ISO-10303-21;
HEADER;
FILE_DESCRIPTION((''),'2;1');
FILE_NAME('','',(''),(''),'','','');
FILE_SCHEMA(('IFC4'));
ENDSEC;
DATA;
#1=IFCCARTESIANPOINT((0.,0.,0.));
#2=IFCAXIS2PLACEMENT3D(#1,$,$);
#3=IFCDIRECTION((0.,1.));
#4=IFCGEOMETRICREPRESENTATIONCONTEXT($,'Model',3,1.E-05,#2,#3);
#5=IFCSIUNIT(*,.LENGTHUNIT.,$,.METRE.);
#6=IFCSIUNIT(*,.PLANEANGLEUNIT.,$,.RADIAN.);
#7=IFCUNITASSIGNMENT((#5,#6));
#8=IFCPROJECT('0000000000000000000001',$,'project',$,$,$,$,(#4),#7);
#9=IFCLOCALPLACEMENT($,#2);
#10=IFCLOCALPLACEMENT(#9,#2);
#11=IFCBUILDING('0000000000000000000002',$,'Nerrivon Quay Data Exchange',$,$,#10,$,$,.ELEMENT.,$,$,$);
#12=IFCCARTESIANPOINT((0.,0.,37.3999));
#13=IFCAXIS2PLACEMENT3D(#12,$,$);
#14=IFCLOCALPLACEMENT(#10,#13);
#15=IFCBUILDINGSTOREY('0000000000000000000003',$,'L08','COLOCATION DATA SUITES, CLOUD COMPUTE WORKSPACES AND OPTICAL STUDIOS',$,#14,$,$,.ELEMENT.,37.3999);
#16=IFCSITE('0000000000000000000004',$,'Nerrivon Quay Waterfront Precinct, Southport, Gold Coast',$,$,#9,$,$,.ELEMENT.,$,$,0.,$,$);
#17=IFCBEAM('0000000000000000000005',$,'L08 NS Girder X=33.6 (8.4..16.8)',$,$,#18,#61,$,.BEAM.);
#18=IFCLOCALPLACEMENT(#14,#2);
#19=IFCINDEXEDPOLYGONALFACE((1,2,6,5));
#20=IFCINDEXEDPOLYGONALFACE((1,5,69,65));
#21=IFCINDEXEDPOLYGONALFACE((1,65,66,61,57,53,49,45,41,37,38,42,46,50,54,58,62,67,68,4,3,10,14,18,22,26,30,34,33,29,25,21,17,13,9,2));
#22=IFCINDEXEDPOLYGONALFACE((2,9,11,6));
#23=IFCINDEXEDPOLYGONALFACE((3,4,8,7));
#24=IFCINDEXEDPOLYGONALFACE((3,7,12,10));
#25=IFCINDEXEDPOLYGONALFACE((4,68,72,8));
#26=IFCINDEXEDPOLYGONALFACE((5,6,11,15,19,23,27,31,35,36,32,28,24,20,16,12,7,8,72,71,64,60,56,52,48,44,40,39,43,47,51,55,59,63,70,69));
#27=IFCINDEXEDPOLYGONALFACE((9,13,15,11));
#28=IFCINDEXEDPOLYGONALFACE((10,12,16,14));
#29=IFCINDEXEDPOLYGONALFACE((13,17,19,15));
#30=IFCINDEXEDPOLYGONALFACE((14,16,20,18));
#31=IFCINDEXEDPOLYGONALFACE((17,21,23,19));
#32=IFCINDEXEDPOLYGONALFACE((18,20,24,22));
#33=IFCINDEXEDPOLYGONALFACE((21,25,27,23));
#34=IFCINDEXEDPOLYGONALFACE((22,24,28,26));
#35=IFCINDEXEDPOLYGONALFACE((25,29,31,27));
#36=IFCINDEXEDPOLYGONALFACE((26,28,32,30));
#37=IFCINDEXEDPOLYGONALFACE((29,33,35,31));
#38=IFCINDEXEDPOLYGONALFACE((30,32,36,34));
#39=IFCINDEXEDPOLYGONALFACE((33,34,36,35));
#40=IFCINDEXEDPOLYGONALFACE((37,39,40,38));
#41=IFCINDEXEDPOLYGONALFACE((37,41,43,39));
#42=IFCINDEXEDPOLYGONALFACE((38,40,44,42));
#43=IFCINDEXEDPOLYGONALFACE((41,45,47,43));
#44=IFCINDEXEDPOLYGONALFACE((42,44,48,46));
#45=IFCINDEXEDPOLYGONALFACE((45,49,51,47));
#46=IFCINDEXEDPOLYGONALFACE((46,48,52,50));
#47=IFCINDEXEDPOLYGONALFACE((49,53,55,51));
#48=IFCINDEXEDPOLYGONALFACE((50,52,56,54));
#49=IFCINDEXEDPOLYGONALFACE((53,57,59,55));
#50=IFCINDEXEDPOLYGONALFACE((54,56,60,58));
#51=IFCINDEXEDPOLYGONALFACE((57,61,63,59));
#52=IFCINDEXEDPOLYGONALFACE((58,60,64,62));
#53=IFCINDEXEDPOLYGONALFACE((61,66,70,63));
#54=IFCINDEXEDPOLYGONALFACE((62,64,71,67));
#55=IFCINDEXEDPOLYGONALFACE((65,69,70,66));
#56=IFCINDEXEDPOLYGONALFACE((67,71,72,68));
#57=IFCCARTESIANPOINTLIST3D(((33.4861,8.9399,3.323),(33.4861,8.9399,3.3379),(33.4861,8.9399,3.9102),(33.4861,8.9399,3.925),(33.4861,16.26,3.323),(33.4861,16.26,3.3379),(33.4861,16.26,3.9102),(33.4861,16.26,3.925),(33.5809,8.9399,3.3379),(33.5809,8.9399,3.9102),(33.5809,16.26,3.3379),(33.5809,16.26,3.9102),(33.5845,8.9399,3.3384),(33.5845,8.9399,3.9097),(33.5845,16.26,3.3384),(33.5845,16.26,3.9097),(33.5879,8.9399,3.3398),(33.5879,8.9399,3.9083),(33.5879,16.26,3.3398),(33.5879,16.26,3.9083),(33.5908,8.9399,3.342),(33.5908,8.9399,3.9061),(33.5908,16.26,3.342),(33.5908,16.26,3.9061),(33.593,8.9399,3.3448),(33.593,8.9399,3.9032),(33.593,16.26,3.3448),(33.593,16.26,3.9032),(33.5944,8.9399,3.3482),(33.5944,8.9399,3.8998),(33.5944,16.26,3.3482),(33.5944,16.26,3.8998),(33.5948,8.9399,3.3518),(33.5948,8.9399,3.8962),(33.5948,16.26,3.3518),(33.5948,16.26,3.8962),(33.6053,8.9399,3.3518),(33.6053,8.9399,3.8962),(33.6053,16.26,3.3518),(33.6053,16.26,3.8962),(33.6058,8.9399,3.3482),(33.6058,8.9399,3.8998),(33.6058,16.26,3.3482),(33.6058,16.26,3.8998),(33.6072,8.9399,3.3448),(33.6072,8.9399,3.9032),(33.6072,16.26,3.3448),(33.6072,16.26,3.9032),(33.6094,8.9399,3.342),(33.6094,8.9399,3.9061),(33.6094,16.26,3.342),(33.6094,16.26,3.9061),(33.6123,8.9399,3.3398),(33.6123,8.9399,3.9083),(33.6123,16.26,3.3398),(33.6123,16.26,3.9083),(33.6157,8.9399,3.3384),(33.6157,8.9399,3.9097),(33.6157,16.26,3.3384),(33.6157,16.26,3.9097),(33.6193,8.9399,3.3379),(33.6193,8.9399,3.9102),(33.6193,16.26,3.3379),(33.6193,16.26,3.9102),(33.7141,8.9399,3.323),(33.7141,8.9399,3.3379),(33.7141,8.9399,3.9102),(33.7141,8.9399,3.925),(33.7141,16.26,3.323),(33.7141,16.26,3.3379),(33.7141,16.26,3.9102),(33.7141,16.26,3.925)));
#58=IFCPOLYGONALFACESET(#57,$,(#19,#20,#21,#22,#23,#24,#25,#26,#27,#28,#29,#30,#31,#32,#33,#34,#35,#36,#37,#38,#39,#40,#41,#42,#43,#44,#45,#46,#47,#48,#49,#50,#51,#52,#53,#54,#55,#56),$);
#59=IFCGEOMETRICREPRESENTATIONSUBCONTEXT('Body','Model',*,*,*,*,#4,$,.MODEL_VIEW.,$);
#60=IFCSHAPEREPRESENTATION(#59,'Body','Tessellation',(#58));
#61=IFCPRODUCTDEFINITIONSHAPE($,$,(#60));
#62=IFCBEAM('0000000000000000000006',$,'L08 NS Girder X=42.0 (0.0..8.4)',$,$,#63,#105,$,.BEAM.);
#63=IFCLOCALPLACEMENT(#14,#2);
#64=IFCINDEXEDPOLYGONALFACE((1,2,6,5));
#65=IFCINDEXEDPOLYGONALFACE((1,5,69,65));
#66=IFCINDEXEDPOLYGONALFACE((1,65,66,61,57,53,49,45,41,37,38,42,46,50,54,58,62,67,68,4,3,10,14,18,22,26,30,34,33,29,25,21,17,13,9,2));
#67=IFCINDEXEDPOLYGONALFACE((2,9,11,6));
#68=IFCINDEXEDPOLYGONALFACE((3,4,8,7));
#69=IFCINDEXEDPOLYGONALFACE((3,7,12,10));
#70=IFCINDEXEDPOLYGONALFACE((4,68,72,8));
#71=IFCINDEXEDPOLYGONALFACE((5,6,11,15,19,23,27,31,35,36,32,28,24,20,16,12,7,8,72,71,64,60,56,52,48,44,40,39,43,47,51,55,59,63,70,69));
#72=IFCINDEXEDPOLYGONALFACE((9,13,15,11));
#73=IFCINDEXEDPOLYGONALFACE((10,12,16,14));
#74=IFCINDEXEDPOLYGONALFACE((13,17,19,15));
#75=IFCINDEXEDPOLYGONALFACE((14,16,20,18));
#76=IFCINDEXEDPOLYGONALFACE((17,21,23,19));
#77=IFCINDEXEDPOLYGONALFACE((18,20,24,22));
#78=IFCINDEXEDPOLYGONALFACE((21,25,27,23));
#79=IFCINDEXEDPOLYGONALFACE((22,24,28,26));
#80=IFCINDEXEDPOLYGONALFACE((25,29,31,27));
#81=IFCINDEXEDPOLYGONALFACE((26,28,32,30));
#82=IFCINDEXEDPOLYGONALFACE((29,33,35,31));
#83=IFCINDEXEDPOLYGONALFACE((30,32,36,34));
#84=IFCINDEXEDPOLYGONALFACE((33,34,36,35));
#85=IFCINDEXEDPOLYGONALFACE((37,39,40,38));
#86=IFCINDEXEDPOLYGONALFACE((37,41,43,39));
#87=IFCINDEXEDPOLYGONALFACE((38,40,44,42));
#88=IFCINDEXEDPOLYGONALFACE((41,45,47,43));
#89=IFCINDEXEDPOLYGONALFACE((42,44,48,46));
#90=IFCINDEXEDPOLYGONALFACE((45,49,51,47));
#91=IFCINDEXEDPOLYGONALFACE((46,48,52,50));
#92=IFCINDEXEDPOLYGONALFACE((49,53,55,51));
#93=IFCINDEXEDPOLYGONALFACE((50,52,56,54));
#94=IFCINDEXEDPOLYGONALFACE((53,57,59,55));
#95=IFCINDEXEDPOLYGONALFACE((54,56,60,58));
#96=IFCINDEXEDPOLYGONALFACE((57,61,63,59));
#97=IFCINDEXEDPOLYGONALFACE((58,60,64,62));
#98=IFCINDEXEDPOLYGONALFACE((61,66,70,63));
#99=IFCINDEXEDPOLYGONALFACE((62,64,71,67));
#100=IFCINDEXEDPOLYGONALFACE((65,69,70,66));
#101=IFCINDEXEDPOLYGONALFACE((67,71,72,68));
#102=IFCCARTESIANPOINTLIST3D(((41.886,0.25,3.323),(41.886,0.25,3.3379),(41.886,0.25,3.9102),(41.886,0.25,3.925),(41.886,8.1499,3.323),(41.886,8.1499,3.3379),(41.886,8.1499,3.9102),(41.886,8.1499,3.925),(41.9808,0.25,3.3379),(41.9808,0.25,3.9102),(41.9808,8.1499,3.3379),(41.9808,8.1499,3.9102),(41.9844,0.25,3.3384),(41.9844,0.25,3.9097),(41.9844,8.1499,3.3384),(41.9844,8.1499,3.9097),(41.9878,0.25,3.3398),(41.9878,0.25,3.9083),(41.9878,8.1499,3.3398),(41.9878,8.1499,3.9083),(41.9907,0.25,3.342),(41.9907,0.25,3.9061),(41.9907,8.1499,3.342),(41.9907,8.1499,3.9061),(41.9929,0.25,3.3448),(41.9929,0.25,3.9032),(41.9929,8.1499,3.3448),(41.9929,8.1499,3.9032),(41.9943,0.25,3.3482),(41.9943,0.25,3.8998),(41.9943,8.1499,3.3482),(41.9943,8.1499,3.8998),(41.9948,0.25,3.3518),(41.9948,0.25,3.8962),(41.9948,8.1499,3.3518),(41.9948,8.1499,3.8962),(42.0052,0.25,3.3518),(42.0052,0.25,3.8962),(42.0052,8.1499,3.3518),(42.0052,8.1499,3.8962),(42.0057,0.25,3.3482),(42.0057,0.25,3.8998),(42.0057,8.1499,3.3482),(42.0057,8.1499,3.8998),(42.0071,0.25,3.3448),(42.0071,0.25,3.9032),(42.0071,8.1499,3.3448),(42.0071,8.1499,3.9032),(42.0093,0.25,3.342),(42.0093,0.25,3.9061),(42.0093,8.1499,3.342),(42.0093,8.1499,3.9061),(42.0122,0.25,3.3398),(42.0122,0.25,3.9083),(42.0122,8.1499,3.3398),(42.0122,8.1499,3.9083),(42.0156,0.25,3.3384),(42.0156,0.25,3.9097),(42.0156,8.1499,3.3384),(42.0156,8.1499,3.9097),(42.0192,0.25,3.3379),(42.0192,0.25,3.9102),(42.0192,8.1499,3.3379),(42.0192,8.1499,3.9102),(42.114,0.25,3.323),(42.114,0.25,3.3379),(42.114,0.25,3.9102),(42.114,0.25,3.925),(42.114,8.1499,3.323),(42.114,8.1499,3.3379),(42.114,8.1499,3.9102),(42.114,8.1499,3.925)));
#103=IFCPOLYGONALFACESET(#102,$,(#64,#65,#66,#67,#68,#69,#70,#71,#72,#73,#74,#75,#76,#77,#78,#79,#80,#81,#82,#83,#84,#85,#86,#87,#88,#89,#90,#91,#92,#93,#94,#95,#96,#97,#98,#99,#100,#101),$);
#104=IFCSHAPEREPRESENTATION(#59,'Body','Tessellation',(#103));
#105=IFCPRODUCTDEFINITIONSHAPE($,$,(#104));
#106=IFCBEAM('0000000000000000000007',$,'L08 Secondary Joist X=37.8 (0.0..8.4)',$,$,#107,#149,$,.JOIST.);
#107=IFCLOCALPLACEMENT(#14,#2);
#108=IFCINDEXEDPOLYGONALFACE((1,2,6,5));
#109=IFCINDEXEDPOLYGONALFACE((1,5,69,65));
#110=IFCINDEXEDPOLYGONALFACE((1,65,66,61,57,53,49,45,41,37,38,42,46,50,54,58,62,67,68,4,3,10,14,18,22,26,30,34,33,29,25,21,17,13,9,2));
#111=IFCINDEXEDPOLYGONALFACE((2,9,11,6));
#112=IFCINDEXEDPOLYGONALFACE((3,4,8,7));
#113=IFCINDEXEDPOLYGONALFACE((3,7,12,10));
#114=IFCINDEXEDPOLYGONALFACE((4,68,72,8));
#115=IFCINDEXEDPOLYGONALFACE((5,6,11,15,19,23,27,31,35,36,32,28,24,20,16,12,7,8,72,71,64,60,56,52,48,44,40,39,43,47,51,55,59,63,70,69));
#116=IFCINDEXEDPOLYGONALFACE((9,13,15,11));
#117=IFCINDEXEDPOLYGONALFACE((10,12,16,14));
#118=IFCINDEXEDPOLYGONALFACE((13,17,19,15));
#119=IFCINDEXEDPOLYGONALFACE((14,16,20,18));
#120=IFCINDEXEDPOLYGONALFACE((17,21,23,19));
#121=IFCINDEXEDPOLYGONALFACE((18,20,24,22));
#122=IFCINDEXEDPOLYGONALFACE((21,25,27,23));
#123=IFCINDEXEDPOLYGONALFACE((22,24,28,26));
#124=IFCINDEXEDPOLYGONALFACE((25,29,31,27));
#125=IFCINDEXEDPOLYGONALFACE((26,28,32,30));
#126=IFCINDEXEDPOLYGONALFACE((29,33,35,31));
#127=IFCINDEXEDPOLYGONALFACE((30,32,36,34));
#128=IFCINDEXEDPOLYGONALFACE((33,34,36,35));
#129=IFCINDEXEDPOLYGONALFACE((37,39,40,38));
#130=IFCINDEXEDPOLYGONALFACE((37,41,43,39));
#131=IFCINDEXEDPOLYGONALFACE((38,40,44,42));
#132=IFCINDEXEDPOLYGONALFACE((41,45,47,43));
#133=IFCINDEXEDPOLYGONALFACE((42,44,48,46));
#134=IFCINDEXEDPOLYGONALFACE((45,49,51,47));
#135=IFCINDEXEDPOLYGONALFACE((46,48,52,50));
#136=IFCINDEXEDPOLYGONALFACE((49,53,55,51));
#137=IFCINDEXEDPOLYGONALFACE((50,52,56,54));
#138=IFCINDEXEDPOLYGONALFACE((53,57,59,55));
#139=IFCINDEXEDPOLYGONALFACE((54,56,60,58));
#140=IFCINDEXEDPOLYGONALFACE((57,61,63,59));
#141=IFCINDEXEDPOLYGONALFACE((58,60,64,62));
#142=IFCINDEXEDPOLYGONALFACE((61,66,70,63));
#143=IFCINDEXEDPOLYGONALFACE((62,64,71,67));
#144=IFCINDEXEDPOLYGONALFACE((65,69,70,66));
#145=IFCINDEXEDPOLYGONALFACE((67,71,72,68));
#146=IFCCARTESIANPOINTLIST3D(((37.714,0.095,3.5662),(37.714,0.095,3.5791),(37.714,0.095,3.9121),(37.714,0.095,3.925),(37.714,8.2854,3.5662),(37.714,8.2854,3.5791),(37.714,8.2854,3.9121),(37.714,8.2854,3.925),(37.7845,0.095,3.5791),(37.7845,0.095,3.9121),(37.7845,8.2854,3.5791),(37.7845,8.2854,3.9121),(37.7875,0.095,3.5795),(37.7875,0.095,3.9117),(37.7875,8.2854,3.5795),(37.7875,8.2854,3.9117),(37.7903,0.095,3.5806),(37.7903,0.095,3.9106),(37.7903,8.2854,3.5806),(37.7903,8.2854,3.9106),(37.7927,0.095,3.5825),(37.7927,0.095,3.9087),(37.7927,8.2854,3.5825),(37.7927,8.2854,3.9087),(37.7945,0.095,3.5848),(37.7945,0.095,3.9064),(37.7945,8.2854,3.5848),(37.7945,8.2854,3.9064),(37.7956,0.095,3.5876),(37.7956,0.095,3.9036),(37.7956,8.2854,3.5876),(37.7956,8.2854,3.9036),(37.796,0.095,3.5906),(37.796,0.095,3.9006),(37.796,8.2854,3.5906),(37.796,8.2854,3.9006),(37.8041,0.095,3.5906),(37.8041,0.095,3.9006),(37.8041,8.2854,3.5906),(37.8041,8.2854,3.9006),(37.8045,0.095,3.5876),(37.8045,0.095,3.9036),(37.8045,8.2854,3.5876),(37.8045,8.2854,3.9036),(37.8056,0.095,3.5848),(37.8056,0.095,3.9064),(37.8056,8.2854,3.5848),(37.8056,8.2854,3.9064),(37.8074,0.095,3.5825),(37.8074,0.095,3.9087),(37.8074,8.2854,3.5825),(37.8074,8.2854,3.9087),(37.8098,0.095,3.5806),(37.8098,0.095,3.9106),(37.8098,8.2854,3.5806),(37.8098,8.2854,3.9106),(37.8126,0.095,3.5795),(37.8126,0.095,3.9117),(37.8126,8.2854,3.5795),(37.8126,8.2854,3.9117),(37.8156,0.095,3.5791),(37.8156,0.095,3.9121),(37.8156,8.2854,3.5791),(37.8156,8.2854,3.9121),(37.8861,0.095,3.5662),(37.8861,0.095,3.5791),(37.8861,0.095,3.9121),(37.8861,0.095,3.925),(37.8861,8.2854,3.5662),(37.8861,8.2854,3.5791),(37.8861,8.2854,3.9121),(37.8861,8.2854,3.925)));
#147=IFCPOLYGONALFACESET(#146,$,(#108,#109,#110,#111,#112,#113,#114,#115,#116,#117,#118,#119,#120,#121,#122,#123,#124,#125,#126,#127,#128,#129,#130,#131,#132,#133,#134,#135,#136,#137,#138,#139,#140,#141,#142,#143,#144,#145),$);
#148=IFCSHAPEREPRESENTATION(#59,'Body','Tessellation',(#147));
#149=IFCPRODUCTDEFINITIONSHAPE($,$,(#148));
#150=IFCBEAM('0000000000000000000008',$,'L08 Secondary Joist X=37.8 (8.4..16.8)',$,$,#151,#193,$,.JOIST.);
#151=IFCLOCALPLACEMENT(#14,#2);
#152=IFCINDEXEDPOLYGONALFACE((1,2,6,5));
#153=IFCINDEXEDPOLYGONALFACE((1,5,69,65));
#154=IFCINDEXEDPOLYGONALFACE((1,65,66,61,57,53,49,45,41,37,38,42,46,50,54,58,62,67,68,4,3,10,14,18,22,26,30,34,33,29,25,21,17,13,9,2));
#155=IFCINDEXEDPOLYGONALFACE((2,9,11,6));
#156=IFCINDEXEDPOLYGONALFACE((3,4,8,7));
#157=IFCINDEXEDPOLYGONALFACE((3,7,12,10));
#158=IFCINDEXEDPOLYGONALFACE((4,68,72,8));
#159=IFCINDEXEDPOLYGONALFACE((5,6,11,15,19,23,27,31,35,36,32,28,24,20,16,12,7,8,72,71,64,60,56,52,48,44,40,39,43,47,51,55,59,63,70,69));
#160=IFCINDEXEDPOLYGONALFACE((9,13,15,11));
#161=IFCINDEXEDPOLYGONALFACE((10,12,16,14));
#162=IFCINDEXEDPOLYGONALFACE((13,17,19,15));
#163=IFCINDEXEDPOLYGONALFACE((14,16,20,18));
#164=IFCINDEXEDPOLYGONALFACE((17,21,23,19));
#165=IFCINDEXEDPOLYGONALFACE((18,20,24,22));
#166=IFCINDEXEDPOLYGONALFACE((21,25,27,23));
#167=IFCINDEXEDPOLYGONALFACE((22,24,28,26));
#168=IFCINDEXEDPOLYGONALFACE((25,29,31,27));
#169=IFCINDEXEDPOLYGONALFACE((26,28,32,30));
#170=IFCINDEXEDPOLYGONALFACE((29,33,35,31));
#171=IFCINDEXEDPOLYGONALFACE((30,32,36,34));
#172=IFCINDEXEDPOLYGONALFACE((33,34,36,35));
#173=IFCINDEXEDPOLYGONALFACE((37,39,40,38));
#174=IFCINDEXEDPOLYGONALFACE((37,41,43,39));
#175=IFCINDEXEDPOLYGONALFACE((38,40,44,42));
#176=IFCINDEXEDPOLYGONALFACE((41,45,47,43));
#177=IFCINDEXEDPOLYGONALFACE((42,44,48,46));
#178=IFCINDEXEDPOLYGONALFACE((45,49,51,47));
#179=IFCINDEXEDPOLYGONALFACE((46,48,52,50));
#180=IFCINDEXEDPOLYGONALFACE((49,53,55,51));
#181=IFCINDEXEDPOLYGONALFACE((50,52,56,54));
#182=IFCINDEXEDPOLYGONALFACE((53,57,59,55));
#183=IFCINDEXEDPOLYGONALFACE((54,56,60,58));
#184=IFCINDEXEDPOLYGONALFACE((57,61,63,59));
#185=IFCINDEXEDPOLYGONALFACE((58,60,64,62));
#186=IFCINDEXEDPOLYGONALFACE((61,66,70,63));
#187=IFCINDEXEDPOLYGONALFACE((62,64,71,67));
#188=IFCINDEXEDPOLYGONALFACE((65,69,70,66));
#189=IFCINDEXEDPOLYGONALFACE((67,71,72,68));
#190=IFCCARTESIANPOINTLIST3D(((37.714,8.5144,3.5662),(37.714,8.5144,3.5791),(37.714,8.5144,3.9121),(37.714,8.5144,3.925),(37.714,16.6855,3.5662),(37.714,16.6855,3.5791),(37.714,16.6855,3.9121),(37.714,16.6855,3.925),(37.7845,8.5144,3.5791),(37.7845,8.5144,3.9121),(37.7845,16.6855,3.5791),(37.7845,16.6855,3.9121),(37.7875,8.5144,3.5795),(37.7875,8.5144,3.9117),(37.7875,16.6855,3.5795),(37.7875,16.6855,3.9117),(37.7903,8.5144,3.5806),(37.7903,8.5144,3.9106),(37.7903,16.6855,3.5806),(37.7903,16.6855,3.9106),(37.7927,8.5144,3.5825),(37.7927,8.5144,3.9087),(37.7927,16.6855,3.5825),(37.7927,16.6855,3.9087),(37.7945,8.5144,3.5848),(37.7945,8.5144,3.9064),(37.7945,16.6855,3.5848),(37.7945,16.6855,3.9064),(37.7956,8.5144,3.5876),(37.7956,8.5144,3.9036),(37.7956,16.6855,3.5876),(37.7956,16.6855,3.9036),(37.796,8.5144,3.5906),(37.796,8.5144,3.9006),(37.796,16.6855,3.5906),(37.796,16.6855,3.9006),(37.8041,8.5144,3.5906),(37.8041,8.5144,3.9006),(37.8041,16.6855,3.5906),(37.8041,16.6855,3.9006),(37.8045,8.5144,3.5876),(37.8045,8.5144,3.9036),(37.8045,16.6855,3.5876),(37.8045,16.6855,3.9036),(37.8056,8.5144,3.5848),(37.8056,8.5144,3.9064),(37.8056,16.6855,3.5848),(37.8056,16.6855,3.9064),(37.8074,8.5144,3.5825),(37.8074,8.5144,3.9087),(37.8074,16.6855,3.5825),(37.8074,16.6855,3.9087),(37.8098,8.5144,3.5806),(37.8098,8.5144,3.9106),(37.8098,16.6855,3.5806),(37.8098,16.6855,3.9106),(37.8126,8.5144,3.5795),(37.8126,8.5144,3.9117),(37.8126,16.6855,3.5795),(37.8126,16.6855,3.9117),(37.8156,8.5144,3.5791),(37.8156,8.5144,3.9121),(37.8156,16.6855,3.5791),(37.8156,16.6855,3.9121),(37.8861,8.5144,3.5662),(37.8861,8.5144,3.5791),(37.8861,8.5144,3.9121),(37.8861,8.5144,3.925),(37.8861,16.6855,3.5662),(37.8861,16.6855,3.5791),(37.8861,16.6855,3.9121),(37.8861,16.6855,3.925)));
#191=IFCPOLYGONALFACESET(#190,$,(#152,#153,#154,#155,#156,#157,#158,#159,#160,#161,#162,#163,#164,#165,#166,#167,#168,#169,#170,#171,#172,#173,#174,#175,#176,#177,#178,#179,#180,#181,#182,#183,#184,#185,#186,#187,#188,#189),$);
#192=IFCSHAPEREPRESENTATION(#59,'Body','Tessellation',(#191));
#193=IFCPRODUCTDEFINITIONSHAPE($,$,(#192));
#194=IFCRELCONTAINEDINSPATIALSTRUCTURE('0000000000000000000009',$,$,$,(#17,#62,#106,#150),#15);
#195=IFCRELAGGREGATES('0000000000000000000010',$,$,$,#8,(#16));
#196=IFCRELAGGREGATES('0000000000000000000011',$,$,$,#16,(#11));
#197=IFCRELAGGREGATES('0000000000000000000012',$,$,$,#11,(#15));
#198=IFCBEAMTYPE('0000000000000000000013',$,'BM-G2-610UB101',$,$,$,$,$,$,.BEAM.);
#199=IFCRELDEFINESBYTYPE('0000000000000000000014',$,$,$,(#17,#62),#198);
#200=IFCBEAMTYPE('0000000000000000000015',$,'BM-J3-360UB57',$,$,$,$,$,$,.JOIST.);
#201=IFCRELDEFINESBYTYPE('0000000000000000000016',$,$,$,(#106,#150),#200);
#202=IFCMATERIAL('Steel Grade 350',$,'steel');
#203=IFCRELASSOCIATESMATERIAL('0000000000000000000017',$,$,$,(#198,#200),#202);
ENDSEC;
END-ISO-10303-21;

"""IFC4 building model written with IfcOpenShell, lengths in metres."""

from ifc_helpers import new_model, si_unit, direction, frame, origin, origin_2d, place, context, subcontext, project, spatial, i_section, extrude, material, material_profile, profile_set, type_object, element, save


model = new_model("IFC4")

# Units and contexts
model_context = context("Model", 3, precision=1e-05, world=origin(), true_north=direction((0.0, 1.0)))
body_context = subcontext(model_context, "Body", "Model", "MODEL_VIEW")
ifc_project = project(units=[si_unit("LENGTHUNIT", "METRE"), si_unit("PLANEANGLEUNIT", "RADIAN")], contexts=[model_context])

# Site, building, storey
site_placement = place(None, origin())
site = spatial("IfcSite", under=ifc_project, at=site_placement, Name="Nerrivon Quay Waterfront Precinct, Southport, Gold Coast", CompositionType="ELEMENT", RefElevation=0.0)
building_placement = place(site_placement, origin())
building = spatial("IfcBuilding", under=site, at=building_placement, Name="Nerrivon Quay Data Exchange", CompositionType="ELEMENT")
storey_placement = place(building_placement, frame((0.0, 0.0, 37.3999)))
storey = spatial("IfcBuildingStorey", under=building, at=storey_placement, Name="L08", Description="COLOCATION DATA SUITES, CLOUD COMPUTE WORKSPACES AND OPTICAL STUDIOS", CompositionType="ELEMENT", Elevation=37.3999)

# Shared definitions
ifc_material_1 = material(Name="Steel Grade 350", Category="steel")

# Beams
ifc_material_profile_1 = material_profile(ifc_material_1, i_section(OverallWidth=0.228, OverallDepth=0.6021, WebThickness=0.0105, FlangeThickness=0.0149, FilletRadius=0.0139, at=origin_2d()), Name="610UB101")
ifc_profile_set_1 = profile_set([ifc_material_profile_1], Name="Steel Grade 350")
beam_type_1 = type_object("IfcBeamType", Name="BM-G2-610UB101", PredefinedType="BEAM", material=ifc_profile_set_1)
beam_1_placement = place(storey_placement, frame((33.6001, 8.9399, 3.624), z_axis=(0.0, 1.0, 0.0), x_axis=(-1.0, 0.0, 0.0)))
element("IfcBeam", 1, at=beam_1_placement, inside=storey, type_object=beam_type_1, Name="L08 NS Girder X=33.6 (8.4..16.8)", PredefinedType="BEAM", context=body_context, shape_type="SweptSolid", body=[
    extrude(i_section(OverallWidth=0.228, OverallDepth=0.6021, WebThickness=0.0105, FlangeThickness=0.0149, FilletRadius=0.0139, at=origin_2d()), origin(), (0.0, 0.0, 1.0), 7.3201),
])
beam_2_placement = place(storey_placement, frame((42.0, 0.25, 3.624), z_axis=(0.0, 1.0, 0.0), x_axis=(-1.0, 0.0, 0.0)))
element("IfcBeam", 2, at=beam_2_placement, inside=storey, type_object=beam_type_1, Name="L08 NS Girder X=42.0 (0.0..8.4)", PredefinedType="BEAM", context=body_context, shape_type="SweptSolid", body=[
    extrude(i_section(OverallWidth=0.228, OverallDepth=0.6021, WebThickness=0.0105, FlangeThickness=0.0149, FilletRadius=0.0139, at=origin_2d()), origin(), (0.0, 0.0, 1.0), 7.8999),
])
ifc_material_profile_2 = material_profile(ifc_material_1, i_section(OverallWidth=0.1721, OverallDepth=0.3589, WebThickness=0.0081, FlangeThickness=0.0129, FilletRadius=0.0115, at=origin_2d()), Name="360UB56.7")
ifc_profile_set_2 = profile_set([ifc_material_profile_2], Name="Steel Grade 350")
beam_type_2 = type_object("IfcBeamType", Name="BM-J3-360UB57", PredefinedType="JOIST", material=ifc_profile_set_2)
beam_3_placement = place(storey_placement, frame((37.8, 0.095, 3.7456), z_axis=(0.0, 1.0, 0.0), x_axis=(-1.0, 0.0, 0.0)))
element("IfcBeam", 3, at=beam_3_placement, inside=storey, type_object=beam_type_2, Name="L08 Secondary Joist X=37.8 (0.0..8.4)", PredefinedType="JOIST", context=body_context, shape_type="SweptSolid", body=[
    extrude(i_section(OverallWidth=0.1721, OverallDepth=0.3589, WebThickness=0.0081, FlangeThickness=0.0129, FilletRadius=0.0115, at=origin_2d()), origin(), (0.0, 0.0, 1.0), 8.1904),
])
beam_4_placement = place(storey_placement, frame((37.8, 8.5144, 3.7456), z_axis=(0.0, 1.0, 0.0), x_axis=(-1.0, 0.0, 0.0)))
element("IfcBeam", 4, at=beam_4_placement, inside=storey, type_object=beam_type_2, Name="L08 Secondary Joist X=37.8 (8.4..16.8)", PredefinedType="JOIST", context=body_context, shape_type="SweptSolid", body=[
    extrude(i_section(OverallWidth=0.1721, OverallDepth=0.3589, WebThickness=0.0081, FlangeThickness=0.0129, FilletRadius=0.0115, at=origin_2d()), origin(), (0.0, 0.0, 1.0), 8.1711),
])

save(model, "model.ifc")
